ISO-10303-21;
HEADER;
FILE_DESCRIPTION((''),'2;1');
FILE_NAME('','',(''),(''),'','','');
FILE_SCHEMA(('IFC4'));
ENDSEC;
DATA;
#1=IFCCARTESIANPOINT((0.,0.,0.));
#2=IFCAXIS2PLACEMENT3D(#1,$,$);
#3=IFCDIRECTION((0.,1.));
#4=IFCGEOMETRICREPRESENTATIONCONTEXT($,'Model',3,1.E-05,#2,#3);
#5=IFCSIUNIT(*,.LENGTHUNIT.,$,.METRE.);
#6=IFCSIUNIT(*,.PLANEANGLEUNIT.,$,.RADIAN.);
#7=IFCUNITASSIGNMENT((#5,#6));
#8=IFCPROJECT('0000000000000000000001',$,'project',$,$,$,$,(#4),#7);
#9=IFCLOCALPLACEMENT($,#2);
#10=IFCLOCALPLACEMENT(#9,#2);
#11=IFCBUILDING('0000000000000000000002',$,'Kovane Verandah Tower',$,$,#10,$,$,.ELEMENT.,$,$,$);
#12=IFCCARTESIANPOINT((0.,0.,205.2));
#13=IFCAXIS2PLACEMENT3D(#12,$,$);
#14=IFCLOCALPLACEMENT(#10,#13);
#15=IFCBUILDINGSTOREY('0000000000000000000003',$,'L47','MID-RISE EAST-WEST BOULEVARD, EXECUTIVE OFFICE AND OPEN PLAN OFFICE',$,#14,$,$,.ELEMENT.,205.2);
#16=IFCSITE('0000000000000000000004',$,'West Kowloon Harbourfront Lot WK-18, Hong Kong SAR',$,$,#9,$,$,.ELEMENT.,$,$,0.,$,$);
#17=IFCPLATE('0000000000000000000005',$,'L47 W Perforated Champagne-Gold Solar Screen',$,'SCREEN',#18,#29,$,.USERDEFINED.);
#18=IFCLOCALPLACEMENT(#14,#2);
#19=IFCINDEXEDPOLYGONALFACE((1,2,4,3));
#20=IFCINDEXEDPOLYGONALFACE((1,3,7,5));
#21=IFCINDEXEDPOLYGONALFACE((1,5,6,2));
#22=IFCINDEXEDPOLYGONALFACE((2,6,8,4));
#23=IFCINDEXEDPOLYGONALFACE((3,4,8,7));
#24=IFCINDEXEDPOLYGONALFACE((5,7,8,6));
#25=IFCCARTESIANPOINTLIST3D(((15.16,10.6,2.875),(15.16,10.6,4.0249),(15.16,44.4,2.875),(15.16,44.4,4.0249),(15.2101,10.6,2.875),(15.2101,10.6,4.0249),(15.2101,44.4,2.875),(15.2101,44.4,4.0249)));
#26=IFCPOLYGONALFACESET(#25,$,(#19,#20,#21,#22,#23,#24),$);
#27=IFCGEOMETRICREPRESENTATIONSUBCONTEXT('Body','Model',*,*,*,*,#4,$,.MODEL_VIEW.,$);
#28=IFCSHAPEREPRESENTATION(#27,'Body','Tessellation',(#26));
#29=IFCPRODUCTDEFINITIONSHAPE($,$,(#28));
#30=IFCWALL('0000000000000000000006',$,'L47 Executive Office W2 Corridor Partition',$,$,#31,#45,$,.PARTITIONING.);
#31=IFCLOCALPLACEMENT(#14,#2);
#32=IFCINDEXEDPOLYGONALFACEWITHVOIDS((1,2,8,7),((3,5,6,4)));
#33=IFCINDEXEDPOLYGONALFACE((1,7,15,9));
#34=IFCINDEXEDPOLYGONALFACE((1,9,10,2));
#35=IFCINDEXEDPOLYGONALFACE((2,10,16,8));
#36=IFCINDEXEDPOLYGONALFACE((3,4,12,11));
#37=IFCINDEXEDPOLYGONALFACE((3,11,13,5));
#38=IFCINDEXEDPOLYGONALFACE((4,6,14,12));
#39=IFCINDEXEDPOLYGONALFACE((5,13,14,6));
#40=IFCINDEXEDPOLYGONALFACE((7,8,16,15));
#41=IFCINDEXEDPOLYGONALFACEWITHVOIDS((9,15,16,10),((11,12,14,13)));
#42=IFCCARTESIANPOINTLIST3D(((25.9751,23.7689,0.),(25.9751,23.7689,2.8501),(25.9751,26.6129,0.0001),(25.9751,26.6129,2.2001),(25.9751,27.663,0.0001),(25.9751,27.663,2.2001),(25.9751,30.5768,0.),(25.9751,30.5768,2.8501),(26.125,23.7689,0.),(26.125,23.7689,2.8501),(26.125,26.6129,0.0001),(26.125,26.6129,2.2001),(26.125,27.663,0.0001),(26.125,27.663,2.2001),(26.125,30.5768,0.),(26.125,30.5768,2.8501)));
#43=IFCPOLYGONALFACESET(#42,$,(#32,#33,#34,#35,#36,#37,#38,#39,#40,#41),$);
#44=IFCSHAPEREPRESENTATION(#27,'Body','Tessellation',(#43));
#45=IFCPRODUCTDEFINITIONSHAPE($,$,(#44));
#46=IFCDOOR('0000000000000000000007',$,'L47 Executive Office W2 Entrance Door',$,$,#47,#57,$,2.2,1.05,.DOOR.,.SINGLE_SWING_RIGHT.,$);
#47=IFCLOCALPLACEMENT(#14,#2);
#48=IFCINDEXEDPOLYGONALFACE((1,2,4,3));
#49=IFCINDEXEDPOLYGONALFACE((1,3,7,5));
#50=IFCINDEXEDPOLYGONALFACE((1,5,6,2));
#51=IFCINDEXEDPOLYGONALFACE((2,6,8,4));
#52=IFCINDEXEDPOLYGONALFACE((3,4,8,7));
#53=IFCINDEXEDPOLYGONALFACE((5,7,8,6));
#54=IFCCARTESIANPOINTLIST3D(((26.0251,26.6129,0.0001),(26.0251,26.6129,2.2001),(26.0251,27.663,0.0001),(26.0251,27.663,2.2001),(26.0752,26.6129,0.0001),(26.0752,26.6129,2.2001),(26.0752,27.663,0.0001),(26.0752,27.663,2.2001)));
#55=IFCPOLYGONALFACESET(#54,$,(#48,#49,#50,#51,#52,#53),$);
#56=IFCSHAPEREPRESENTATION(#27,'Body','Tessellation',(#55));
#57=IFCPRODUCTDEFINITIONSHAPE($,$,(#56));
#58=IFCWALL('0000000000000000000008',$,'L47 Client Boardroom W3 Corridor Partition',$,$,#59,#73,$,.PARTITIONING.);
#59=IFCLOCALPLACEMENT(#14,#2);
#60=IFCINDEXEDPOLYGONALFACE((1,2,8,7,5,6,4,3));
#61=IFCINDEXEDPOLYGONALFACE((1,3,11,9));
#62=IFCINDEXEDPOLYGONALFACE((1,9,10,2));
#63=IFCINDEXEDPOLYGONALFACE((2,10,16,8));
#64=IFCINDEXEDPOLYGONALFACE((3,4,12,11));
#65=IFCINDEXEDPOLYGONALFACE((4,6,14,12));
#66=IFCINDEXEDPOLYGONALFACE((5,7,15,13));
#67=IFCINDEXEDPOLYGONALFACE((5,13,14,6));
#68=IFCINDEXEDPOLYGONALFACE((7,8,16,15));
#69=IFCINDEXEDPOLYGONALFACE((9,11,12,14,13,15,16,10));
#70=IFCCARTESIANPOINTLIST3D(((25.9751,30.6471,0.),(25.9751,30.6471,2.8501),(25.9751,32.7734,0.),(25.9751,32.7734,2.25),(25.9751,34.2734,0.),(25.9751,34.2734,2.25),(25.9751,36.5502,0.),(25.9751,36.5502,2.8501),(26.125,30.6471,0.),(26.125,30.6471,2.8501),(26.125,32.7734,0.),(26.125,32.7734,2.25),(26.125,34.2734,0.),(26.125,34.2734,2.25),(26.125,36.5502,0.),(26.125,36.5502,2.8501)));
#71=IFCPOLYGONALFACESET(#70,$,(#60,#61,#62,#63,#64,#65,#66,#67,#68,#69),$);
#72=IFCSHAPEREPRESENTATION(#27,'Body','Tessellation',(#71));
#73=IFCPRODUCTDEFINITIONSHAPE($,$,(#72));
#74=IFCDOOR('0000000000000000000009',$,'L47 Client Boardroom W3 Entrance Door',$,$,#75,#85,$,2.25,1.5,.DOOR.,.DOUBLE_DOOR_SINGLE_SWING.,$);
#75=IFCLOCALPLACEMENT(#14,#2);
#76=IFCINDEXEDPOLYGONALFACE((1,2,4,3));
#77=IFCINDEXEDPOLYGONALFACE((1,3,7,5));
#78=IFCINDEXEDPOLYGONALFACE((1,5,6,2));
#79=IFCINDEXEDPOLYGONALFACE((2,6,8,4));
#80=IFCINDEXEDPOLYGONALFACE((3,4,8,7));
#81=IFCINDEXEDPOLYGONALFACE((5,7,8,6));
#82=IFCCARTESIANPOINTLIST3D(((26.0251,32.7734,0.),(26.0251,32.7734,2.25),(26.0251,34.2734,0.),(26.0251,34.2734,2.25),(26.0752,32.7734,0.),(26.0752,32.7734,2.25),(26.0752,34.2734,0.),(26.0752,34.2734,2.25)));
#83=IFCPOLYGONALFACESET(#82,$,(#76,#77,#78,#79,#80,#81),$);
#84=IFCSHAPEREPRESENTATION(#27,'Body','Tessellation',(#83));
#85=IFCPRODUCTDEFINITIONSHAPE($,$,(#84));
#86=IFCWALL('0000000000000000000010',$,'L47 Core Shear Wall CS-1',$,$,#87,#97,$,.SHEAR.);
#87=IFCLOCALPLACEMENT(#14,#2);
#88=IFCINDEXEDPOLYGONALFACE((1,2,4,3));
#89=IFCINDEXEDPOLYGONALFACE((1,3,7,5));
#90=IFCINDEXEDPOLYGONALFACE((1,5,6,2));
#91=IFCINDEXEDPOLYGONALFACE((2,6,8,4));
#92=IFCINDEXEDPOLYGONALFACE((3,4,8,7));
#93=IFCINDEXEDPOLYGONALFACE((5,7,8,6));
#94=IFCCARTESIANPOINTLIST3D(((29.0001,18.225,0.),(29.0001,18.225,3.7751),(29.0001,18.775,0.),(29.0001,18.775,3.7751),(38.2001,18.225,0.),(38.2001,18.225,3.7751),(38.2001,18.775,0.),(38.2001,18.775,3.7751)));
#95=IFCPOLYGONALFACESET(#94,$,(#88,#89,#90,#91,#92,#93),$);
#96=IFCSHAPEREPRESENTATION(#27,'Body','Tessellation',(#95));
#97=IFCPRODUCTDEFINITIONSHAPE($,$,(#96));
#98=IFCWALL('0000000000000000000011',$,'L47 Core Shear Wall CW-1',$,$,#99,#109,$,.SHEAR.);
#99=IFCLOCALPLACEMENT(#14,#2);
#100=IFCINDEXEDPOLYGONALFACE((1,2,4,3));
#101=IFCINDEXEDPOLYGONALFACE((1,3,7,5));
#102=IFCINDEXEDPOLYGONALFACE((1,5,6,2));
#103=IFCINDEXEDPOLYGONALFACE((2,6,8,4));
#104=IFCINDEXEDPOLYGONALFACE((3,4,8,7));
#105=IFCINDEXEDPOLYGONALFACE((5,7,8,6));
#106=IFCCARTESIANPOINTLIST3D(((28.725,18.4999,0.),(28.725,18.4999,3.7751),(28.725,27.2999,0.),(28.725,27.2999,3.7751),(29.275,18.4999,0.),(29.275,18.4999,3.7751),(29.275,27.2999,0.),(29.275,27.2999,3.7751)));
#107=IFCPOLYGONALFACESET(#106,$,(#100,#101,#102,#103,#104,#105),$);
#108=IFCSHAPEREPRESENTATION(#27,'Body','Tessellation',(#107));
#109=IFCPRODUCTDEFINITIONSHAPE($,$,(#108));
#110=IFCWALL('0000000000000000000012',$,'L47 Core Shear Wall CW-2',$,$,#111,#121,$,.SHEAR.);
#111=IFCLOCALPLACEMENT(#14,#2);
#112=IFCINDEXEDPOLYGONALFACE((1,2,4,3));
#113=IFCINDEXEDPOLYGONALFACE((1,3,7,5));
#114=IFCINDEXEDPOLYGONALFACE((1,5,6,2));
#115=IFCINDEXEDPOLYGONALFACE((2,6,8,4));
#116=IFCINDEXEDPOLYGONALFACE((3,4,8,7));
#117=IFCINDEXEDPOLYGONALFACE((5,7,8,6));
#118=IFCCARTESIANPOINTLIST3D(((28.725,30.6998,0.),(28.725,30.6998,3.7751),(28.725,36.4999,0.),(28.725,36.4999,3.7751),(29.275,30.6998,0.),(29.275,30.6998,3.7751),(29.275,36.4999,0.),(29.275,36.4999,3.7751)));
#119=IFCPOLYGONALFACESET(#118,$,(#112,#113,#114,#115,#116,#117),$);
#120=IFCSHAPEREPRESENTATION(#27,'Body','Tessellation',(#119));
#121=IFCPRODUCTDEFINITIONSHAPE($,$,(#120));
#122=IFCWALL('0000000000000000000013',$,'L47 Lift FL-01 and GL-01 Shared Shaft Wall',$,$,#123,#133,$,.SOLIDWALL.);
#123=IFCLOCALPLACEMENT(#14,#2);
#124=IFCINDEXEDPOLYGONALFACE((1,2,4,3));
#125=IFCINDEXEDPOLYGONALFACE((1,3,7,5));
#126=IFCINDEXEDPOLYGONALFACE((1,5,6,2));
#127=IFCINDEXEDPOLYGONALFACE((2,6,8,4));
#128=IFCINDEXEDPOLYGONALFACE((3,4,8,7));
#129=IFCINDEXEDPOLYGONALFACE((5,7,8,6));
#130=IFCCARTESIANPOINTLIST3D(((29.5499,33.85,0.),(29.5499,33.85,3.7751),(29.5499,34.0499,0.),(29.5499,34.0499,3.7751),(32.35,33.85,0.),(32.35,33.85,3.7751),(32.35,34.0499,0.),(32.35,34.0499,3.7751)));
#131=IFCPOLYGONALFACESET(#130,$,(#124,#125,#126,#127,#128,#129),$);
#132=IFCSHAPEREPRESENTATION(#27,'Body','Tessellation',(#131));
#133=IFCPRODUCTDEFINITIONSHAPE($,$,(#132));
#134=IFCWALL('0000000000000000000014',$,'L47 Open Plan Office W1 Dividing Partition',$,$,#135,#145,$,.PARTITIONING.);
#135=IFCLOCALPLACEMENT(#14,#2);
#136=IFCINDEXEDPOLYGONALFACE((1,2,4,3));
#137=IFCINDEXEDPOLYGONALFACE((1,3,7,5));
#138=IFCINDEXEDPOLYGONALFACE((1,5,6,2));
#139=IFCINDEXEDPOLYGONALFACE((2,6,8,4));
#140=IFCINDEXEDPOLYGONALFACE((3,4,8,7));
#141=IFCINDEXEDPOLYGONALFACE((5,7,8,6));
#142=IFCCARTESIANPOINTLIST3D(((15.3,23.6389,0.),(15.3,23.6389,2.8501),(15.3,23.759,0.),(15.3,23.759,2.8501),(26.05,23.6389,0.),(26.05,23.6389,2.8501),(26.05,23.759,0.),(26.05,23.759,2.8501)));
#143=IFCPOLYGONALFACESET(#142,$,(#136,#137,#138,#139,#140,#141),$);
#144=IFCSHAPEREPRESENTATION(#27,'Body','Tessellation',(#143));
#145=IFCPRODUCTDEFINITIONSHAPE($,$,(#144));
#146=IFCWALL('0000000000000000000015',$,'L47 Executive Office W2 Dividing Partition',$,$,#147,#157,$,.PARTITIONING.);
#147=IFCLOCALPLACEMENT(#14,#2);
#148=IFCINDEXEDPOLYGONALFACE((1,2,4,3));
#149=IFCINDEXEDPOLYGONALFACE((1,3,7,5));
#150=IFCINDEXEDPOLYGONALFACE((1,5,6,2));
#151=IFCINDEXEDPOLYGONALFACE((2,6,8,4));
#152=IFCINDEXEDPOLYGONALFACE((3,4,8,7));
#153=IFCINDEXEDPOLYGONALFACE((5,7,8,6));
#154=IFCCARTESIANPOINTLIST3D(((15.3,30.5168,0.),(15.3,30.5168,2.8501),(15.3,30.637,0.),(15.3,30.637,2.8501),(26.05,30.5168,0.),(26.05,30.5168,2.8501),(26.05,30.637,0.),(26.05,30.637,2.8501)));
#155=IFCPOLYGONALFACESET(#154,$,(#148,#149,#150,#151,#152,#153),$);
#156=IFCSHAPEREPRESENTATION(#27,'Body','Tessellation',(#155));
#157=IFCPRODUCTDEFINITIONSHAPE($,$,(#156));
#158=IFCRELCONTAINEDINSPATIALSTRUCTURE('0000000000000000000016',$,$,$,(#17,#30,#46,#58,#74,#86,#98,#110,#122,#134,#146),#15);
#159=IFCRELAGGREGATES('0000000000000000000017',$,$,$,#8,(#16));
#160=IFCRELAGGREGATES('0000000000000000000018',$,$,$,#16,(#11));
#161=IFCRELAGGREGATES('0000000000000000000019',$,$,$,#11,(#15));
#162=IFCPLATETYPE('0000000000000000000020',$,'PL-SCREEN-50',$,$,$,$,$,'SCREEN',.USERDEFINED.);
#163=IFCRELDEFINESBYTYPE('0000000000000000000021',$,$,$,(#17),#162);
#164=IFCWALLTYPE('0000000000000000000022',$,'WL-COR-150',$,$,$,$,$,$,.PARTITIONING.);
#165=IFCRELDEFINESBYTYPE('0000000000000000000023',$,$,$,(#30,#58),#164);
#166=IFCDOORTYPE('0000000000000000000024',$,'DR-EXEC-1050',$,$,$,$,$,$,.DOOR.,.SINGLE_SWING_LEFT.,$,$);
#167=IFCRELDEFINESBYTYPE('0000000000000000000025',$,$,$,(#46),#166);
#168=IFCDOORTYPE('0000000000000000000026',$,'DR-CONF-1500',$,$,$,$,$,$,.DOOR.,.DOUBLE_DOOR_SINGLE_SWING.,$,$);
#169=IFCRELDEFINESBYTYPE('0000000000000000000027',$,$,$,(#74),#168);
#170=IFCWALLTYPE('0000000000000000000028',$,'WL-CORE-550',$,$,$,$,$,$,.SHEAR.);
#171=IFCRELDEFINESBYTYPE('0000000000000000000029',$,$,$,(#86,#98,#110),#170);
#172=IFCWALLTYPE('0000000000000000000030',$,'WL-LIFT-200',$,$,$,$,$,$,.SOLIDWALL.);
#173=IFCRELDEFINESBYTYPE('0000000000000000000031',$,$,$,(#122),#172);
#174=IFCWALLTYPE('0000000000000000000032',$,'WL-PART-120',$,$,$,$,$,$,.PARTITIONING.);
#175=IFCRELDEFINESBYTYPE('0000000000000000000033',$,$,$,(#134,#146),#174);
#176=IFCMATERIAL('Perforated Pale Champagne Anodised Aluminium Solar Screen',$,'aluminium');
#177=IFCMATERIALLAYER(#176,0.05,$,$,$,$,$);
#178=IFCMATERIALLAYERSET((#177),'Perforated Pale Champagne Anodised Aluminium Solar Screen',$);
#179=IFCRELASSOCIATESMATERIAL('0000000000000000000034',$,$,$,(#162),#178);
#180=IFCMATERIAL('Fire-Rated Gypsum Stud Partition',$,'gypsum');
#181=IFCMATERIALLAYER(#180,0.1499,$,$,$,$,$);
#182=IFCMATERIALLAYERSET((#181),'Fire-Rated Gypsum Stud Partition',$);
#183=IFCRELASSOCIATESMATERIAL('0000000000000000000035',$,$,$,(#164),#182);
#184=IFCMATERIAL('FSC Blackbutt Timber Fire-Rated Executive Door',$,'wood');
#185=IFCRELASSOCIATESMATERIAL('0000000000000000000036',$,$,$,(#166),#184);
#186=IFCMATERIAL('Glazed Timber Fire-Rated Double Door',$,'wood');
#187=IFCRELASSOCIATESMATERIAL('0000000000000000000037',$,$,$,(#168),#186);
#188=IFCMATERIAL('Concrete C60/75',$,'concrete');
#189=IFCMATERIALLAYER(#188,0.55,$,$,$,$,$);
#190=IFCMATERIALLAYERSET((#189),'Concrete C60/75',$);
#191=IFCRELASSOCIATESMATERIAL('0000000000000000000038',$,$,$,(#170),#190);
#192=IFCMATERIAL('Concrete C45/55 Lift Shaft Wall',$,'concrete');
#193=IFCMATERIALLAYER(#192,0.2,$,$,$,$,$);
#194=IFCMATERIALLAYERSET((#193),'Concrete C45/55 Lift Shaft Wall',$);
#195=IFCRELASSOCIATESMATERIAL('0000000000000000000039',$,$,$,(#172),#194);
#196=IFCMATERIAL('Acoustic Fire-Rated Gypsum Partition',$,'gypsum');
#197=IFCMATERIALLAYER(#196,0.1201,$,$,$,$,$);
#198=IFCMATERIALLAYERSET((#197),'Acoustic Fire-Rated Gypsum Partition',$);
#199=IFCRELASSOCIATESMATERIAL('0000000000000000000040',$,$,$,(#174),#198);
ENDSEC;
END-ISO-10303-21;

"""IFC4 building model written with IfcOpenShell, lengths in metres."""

from ifc_helpers import new_model, si_unit, direction, frame, frame_2d, origin, origin_2d, place, context, subcontext, project, spatial, rectangle, extrude, material, layer, layer_set, type_object, element, fill, save


model = new_model("IFC4")

# Units and contexts
model_context = context("Model", 3, precision=1e-05, world=origin(), true_north=direction((0.0, 1.0)))
body_context = subcontext(model_context, "Body", "Model", "MODEL_VIEW")
ifc_project = project(units=[si_unit("LENGTHUNIT", "METRE"), si_unit("PLANEANGLEUNIT", "RADIAN")], contexts=[model_context])

# Site, building, storey
site_placement = place(None, origin())
site = spatial("IfcSite", under=ifc_project, at=site_placement, Name="West Kowloon Harbourfront Lot WK-18, Hong Kong SAR", CompositionType="ELEMENT", RefElevation=0.0)
building_placement = place(site_placement, origin())
building = spatial("IfcBuilding", under=site, at=building_placement, Name="Kovane Verandah Tower", CompositionType="ELEMENT")
storey_placement = place(building_placement, frame((0.0, 0.0, 205.2)))
storey = spatial("IfcBuildingStorey", under=building, at=storey_placement, Name="L47", Description="MID-RISE EAST-WEST BOULEVARD, EXECUTIVE OFFICE AND OPEN PLAN OFFICE", CompositionType="ELEMENT", Elevation=205.2)

# Shared definitions
ifc_material_1 = material(Name="Concrete C60/75", Category="concrete")

# Plate
ifc_material_2 = material(Name="Perforated Pale Champagne Anodised Aluminium Solar Screen", Category="aluminium")
ifc_layer_1 = layer(ifc_material_2, 0.05)
ifc_layer_set_1 = layer_set([ifc_layer_1], Name="Perforated Pale Champagne Anodised Aluminium Solar Screen")
plate_type = type_object("IfcPlateType", Name="PL-SCREEN-50", ElementType="SCREEN", PredefinedType="USERDEFINED", material=ifc_layer_set_1)
plate_placement = place(storey_placement, frame((15.1851, 27.5, 2.875), z_axis=(0.0, 0.0, 1.0), x_axis=(0.0, -1.0, 0.0)))
element("IfcPlate", 1, at=plate_placement, inside=storey, type_object=plate_type, Name="L47 W Perforated Champagne-Gold Solar Screen", ObjectType="SCREEN", PredefinedType="USERDEFINED", context=body_context, shape_type="SweptSolid", body=[
    extrude(rectangle(XDim=33.8, YDim=0.05, at=origin_2d()), origin(), (0.0, 0.0, 1.0), 1.1499),
])

# Walls, openings, doors
ifc_material_3 = material(Name="Fire-Rated Gypsum Stud Partition", Category="gypsum")
ifc_layer_2 = layer(ifc_material_3, 0.1499)
ifc_layer_set_2 = layer_set([ifc_layer_2], Name="Fire-Rated Gypsum Stud Partition")
wall_type_1 = type_object("IfcWallType", Name="WL-COR-150", PredefinedType="PARTITIONING", material=ifc_layer_set_2)
wall_1_placement = place(storey_placement, frame((26.05, 23.769, 0.0), z_axis=(0.0, 0.0, 1.0), x_axis=(0.0, 1.0, 0.0)))
wall_1 = element("IfcWall", 2, at=wall_1_placement, inside=storey, type_object=wall_type_1, Name="L47 Executive Office W2 Corridor Partition", PredefinedType="PARTITIONING", context=body_context, shape_type="SweptSolid", body=[
    extrude(rectangle(XDim=6.8079, YDim=0.1499, at=frame_2d((3.4038, 0.0))), origin(), (0.0, 0.0, 1.0), 2.8501),
])
opening_1_placement = place(wall_1_placement, frame((2.844, 0.0, 0.0)))
opening_1 = element("IfcOpeningElement", 3, at=opening_1_placement, cuts=wall_1, PredefinedType="OPENING", context=body_context, shape_type="SweptSolid", body=[
    extrude(rectangle(XDim=1.05, YDim=2.2, at=frame_2d((0.5249, 1.1001))), frame((0.0, 0.075, 0.0), z_axis=(0.0, -1.0, 0.0), x_axis=(1.0, 0.0, 0.0)), (0.0, 0.0, 1.0), 0.1499),
])
ifc_material_4 = material(Name="FSC Blackbutt Timber Fire-Rated Executive Door", Category="wood")
door_type_1 = type_object("IfcDoorType", Name="DR-EXEC-1050", OperationType="SINGLE_SWING_LEFT", PredefinedType="DOOR", material=ifc_material_4)
door_1_placement = place(opening_1_placement, origin())
door_1 = element("IfcDoor", 4, at=door_1_placement, inside=storey, type_object=door_type_1, Name="L47 Executive Office W2 Entrance Door", OperationType="SINGLE_SWING_RIGHT", OverallHeight=2.2, OverallWidth=1.05, PredefinedType="DOOR", context=body_context, shape_type="SweptSolid", body=[
    extrude(rectangle(XDim=1.05, YDim=2.2, at=frame_2d((0.5249, 1.1001))), frame((0.0, 0.0249, 0.0), z_axis=(0.0, -1.0, 0.0), x_axis=(1.0, 0.0, 0.0)), (0.0, 0.0, 1.0), 0.05),
])
fill(opening_1, door_1)
wall_2_placement = place(storey_placement, frame((26.05, 30.647, 0.0), z_axis=(0.0, 0.0, 1.0), x_axis=(0.0, 1.0, 0.0)))
wall_2 = element("IfcWall", 5, at=wall_2_placement, inside=storey, type_object=wall_type_1, Name="L47 Client Boardroom W3 Corridor Partition", PredefinedType="PARTITIONING", context=body_context, shape_type="SweptSolid", body=[
    extrude(rectangle(XDim=5.9031, YDim=0.1499, at=frame_2d((2.9517, 0.0))), origin(), (0.0, 0.0, 1.0), 2.8501),
])
opening_2_placement = place(wall_2_placement, frame((2.1265, 0.0, 0.0)))
opening_2 = element("IfcOpeningElement", 6, at=opening_2_placement, cuts=wall_2, PredefinedType="OPENING", context=body_context, shape_type="SweptSolid", body=[
    extrude(rectangle(XDim=1.5, YDim=2.25, at=frame_2d((0.75, 1.125))), frame((0.0, 0.075, 0.0), z_axis=(0.0, -1.0, 0.0), x_axis=(1.0, 0.0, 0.0)), (0.0, 0.0, 1.0), 0.1499),
])
ifc_material_5 = material(Name="Glazed Timber Fire-Rated Double Door", Category="wood")
door_type_2 = type_object("IfcDoorType", Name="DR-CONF-1500", OperationType="DOUBLE_DOOR_SINGLE_SWING", PredefinedType="DOOR", material=ifc_material_5)
door_2_placement = place(opening_2_placement, origin())
door_2 = element("IfcDoor", 7, at=door_2_placement, inside=storey, type_object=door_type_2, Name="L47 Client Boardroom W3 Entrance Door", OperationType="DOUBLE_DOOR_SINGLE_SWING", OverallHeight=2.25, OverallWidth=1.5, PredefinedType="DOOR", context=body_context, shape_type="SweptSolid", body=[
    extrude(rectangle(XDim=1.5, YDim=2.25, at=frame_2d((0.75, 1.125))), frame((0.0, 0.0249, 0.0), z_axis=(0.0, -1.0, 0.0), x_axis=(1.0, 0.0, 0.0)), (0.0, 0.0, 1.0), 0.05),
])
fill(opening_2, door_2)

# Walls
ifc_layer_3 = layer(ifc_material_1, 0.55)
ifc_layer_set_3 = layer_set([ifc_layer_3], Name="Concrete C60/75")
wall_type_2 = type_object("IfcWallType", Name="WL-CORE-550", PredefinedType="SHEAR", material=ifc_layer_set_3)
wall_3_placement = place(storey_placement, frame((29.0, 18.5, 0.0), z_axis=(0.0, 0.0, 1.0), x_axis=(1.0, 0.0, 0.0)))
element("IfcWall", 8, at=wall_3_placement, inside=storey, type_object=wall_type_2, Name="L47 Core Shear Wall CS-1", PredefinedType="SHEAR", context=body_context, shape_type="SweptSolid", body=[
    extrude(rectangle(XDim=9.2, YDim=0.55, at=frame_2d((4.6001, 0.0))), origin(), (0.0, 0.0, 1.0), 3.7751),
])
wall_4_placement = place(storey_placement, frame((29.0, 18.5, 0.0), z_axis=(0.0, 0.0, 1.0), x_axis=(0.0, 1.0, 0.0)))
element("IfcWall", 9, at=wall_4_placement, inside=storey, type_object=wall_type_2, Name="L47 Core Shear Wall CW-1", PredefinedType="SHEAR", context=body_context, shape_type="SweptSolid", body=[
    extrude(rectangle(XDim=8.8, YDim=0.55, at=frame_2d((4.3999, 0.0))), origin(), (0.0, 0.0, 1.0), 3.7751),
])
wall_5_placement = place(storey_placement, frame((29.0, 30.7, 0.0), z_axis=(0.0, 0.0, 1.0), x_axis=(0.0, 1.0, 0.0)))
element("IfcWall", 10, at=wall_5_placement, inside=storey, type_object=wall_type_2, Name="L47 Core Shear Wall CW-2", PredefinedType="SHEAR", context=body_context, shape_type="SweptSolid", body=[
    extrude(rectangle(XDim=5.8, YDim=0.55, at=frame_2d((2.8999, 0.0))), origin(), (0.0, 0.0, 1.0), 3.7751),
])

# Shared definitions
ifc_material_6 = material(Name="Concrete C45/55 Lift Shaft Wall", Category="concrete")
ifc_layer_4 = layer(ifc_material_6, 0.2)
ifc_layer_set_4 = layer_set([ifc_layer_4], Name="Concrete C45/55 Lift Shaft Wall")
wall_type_3 = type_object("IfcWallType", Name="WL-LIFT-200", PredefinedType="SOLIDWALL", material=ifc_layer_set_4)

# Walls
wall_6_placement = place(storey_placement, frame((29.55, 33.95, 0.0), z_axis=(0.0, 0.0, 1.0), x_axis=(1.0, 0.0, 0.0)))
element("IfcWall", 11, at=wall_6_placement, inside=storey, type_object=wall_type_3, Name="L47 Lift FL-01 and GL-01 Shared Shaft Wall", PredefinedType="SOLIDWALL", context=body_context, shape_type="SweptSolid", body=[
    extrude(rectangle(XDim=2.8, YDim=0.2, at=frame_2d((1.3999, 0.0))), origin(), (0.0, 0.0, 1.0), 3.7751),
])
ifc_material_7 = material(Name="Acoustic Fire-Rated Gypsum Partition", Category="gypsum")
ifc_layer_5 = layer(ifc_material_7, 0.1201)
ifc_layer_set_5 = layer_set([ifc_layer_5], Name="Acoustic Fire-Rated Gypsum Partition")
wall_type_4 = type_object("IfcWallType", Name="WL-PART-120", PredefinedType="PARTITIONING", material=ifc_layer_set_5)
for number, where, z_axis, x_axis, name in (
    (12, (15.3, 23.699, 0.0), (0.0, 0.0, 1.0), (1.0, 0.0, 0.0), "L47 Open Plan Office W1 Dividing Partition"),
    (13, (15.3, 30.5769, 0.0), (0.0, 0.0, 1.0), (1.0, 0.0, 0.0), "L47 Executive Office W2 Dividing Partition"),
):
    element("IfcWall", number, at=place(storey_placement, frame(where, z_axis=z_axis, x_axis=x_axis)), inside=storey, type_object=wall_type_4, Name=name, PredefinedType="PARTITIONING", context=body_context, shape_type="SweptSolid", body=[
        extrude(rectangle(XDim=10.75, YDim=0.1201, at=frame_2d((5.375, 0.0))), origin(), (0.0, 0.0, 1.0), 2.8501),
    ])

save(model, "model.ifc")
